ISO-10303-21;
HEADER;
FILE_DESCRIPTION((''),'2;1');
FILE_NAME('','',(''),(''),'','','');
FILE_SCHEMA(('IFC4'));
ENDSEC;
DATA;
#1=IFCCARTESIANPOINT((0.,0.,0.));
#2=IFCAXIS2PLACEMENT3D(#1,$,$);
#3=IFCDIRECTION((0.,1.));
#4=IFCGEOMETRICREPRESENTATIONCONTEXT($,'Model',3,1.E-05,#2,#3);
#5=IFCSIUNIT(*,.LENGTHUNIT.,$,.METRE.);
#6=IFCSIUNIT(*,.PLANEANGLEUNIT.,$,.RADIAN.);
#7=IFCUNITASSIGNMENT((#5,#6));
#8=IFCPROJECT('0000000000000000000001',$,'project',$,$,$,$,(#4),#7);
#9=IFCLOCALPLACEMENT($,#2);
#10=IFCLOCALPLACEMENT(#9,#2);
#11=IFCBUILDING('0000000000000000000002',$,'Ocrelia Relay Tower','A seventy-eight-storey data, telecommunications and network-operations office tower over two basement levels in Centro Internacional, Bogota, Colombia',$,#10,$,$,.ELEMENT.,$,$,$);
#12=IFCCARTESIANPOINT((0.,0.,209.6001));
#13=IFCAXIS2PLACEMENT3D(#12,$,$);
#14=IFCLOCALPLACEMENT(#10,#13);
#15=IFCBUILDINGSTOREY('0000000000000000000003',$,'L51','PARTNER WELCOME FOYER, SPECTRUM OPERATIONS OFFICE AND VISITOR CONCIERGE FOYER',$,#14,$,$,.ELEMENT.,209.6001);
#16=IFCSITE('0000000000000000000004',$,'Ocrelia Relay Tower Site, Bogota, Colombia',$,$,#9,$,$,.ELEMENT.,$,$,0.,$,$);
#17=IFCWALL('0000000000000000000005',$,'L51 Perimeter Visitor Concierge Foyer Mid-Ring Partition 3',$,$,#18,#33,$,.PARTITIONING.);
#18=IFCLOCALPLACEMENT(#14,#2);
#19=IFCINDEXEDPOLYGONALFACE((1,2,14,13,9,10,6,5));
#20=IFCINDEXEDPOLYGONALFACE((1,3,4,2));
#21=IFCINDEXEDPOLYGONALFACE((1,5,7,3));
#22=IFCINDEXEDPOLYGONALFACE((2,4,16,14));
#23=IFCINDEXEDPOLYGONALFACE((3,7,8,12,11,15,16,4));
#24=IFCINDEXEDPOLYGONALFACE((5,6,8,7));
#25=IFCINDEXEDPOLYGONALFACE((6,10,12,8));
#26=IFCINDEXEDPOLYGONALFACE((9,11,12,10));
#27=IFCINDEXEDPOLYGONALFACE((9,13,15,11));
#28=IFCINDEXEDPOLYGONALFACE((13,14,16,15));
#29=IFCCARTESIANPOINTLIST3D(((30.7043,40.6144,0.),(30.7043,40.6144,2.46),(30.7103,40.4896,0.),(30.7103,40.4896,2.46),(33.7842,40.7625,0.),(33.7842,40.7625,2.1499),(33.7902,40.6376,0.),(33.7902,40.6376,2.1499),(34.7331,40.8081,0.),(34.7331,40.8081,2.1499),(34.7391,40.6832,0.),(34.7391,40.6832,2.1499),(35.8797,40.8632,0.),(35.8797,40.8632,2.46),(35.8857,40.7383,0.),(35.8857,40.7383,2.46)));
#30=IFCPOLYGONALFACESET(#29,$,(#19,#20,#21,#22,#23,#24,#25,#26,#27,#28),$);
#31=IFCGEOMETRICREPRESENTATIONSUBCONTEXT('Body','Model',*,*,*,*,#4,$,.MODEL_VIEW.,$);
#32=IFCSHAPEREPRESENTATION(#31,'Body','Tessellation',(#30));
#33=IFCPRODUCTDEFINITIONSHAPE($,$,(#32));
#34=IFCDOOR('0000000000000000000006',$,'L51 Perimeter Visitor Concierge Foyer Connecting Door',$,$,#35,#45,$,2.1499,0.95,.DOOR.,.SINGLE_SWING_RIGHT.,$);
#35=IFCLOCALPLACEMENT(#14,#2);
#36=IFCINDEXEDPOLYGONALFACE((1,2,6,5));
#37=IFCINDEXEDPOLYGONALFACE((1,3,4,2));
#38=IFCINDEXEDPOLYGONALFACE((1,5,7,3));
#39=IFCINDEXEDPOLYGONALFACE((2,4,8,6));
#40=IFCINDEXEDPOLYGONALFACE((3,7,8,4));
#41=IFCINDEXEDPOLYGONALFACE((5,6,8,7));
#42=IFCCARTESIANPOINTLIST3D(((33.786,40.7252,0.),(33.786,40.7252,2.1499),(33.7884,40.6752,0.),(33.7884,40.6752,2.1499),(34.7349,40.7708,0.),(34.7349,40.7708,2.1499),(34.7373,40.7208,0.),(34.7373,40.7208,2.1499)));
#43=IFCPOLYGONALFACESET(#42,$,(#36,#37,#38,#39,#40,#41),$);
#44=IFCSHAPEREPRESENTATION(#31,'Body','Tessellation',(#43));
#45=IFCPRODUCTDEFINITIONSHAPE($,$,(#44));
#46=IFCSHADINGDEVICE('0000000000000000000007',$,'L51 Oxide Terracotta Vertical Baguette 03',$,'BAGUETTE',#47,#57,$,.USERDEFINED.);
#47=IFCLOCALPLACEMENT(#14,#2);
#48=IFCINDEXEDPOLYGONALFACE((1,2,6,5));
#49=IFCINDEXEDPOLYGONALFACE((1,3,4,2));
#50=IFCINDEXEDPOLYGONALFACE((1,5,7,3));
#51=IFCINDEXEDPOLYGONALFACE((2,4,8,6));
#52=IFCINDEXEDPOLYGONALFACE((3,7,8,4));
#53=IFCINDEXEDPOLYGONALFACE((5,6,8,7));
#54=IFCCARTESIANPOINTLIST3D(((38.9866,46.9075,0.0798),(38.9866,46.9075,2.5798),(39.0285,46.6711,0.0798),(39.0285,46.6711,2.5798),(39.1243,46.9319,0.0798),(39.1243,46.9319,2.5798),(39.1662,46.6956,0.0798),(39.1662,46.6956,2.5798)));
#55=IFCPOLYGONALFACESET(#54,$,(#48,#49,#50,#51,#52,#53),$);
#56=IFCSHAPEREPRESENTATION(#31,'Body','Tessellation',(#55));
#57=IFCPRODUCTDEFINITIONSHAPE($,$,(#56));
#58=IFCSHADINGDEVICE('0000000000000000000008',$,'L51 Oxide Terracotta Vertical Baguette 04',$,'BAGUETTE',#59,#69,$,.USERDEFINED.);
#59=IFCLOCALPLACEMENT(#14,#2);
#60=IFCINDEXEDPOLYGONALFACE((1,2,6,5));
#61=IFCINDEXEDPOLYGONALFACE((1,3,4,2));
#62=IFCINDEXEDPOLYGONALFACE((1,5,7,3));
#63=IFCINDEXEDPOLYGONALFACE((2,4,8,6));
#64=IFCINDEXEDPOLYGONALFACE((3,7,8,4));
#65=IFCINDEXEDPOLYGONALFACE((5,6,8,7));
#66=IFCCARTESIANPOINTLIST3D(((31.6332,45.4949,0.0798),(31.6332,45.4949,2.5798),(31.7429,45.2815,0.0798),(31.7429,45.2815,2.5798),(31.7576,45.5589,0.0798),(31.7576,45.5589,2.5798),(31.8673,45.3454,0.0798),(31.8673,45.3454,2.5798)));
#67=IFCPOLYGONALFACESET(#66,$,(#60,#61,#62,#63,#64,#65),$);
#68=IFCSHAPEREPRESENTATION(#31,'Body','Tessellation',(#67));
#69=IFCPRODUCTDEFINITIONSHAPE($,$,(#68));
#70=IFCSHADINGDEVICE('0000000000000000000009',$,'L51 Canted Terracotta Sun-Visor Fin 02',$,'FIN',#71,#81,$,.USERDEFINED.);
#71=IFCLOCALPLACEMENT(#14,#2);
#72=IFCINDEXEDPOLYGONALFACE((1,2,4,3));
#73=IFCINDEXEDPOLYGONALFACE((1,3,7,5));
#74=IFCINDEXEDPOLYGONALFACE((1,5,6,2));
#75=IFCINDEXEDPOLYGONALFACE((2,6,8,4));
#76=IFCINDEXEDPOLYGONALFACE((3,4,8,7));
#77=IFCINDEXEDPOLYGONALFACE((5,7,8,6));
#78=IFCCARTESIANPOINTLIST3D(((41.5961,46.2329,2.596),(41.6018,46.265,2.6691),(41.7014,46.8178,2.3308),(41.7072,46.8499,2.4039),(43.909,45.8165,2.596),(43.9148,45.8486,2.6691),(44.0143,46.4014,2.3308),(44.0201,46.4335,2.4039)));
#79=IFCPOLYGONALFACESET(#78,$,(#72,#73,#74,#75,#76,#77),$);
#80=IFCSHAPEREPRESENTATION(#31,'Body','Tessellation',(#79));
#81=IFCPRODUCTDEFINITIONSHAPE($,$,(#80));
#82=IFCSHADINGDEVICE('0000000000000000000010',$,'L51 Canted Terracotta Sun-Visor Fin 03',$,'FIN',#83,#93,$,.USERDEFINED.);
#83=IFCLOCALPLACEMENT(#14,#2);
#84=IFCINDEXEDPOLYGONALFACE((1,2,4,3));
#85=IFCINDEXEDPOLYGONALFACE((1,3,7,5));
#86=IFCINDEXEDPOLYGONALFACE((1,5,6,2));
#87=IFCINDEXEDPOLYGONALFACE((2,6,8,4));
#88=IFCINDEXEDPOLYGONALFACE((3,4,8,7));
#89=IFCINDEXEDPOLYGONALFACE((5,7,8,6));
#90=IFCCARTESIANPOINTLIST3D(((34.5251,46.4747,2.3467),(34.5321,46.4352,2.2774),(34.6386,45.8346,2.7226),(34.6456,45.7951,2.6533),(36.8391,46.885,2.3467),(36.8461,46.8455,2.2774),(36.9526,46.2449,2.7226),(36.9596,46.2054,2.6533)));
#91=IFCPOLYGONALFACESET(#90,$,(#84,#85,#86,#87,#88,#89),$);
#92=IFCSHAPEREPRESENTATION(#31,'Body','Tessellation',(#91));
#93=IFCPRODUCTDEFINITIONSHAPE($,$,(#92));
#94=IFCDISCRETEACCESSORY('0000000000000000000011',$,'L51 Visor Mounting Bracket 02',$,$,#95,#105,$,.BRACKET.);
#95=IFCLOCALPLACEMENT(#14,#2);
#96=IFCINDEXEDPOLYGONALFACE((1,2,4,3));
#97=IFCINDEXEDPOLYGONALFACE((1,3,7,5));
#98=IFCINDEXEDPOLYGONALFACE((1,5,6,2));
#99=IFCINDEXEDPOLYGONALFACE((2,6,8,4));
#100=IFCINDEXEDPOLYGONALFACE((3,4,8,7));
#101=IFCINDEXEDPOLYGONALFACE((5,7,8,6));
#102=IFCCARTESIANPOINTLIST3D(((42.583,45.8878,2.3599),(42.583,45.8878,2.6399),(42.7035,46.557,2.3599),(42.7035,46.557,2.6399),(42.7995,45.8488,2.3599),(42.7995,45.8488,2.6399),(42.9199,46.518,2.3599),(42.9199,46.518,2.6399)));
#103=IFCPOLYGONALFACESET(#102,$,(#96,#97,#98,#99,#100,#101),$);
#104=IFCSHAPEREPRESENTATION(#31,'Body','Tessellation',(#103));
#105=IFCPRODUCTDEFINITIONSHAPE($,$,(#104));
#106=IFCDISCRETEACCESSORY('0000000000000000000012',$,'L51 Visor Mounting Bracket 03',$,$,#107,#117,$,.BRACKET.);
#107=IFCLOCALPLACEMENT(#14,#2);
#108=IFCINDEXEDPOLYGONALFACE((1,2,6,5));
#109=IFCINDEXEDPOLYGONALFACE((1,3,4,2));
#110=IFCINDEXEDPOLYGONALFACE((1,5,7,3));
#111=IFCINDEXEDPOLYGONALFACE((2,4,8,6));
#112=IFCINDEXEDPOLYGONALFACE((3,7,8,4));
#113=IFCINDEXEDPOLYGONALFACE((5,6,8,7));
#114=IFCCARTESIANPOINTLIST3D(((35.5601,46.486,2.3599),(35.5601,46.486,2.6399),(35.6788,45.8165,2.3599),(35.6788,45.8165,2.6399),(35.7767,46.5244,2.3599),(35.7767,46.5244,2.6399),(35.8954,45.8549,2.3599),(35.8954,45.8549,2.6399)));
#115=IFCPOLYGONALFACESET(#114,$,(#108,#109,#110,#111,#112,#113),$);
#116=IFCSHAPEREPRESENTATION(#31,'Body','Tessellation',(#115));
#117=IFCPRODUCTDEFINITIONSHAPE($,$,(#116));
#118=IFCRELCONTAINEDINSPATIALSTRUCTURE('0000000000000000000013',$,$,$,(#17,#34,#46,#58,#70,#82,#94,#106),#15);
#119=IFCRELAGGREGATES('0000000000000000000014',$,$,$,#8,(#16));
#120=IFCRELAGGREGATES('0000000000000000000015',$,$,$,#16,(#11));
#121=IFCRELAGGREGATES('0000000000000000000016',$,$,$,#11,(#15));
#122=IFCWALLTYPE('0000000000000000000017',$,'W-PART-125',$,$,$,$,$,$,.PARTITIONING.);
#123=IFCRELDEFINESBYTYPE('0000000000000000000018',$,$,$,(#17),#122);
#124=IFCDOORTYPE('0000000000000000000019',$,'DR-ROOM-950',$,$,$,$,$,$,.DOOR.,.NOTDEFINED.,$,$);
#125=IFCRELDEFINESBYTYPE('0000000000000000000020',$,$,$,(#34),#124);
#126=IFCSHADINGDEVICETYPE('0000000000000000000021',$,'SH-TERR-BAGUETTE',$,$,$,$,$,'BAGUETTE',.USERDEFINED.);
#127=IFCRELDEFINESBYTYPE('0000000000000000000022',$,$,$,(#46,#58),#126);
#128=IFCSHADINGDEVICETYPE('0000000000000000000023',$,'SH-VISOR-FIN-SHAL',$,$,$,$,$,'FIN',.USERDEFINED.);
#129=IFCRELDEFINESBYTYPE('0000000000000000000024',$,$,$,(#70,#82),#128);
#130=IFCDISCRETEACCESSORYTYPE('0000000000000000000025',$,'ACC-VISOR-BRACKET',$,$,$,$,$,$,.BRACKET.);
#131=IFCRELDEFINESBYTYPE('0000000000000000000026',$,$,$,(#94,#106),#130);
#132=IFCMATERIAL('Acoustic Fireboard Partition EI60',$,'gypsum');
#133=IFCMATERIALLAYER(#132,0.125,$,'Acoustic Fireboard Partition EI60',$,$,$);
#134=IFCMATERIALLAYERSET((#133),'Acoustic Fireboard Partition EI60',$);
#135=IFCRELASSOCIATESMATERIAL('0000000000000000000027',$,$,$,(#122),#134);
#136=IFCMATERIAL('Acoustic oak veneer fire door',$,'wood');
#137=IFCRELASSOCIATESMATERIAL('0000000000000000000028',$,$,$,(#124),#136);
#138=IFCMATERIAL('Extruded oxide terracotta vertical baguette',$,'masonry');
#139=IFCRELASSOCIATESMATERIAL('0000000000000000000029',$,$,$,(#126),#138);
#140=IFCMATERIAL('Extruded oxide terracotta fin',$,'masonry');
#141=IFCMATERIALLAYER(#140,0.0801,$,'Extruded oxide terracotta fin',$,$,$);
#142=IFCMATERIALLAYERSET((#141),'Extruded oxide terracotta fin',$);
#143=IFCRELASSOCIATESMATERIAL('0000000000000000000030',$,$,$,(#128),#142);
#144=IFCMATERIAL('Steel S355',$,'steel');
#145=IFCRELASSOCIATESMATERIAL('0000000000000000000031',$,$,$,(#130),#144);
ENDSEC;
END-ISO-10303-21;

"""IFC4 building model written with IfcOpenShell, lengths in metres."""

from ifc_helpers import new_model, si_unit, direction, frame, frame_2d, origin, origin_2d, place, context, subcontext, project, spatial, rectangle, extrude, material, layer, layer_set, type_object, element, fill, save


model = new_model("IFC4")

# Units and contexts
model_context = context("Model", 3, precision=1e-05, world=origin(), true_north=direction((0.0, 1.0)))
body_context = subcontext(model_context, "Body", "Model", "MODEL_VIEW")
ifc_project = project(units=[si_unit("LENGTHUNIT", "METRE"), si_unit("PLANEANGLEUNIT", "RADIAN")], contexts=[model_context])

# Site, building, storey
site_placement = place(None, origin())
site = spatial("IfcSite", under=ifc_project, at=site_placement, Name="Ocrelia Relay Tower Site, Bogota, Colombia", CompositionType="ELEMENT", RefElevation=0.0)
building_placement = place(site_placement, origin())
building = spatial("IfcBuilding", under=site, at=building_placement, Name="Ocrelia Relay Tower", Description="A seventy-eight-storey data, telecommunications and network-operations office tower over two basement levels in Centro Internacional, Bogota, Colombia", CompositionType="ELEMENT")
storey_placement = place(building_placement, frame((0.0, 0.0, 209.6001)))
storey = spatial("IfcBuildingStorey", under=building, at=storey_placement, Name="L51", Description="PARTNER WELCOME FOYER, SPECTRUM OPERATIONS OFFICE AND VISITOR CONCIERGE FOYER", CompositionType="ELEMENT", Elevation=209.6001)

# Shared definitions
ifc_material_1 = material(Name="Steel S355", Category="steel")

# Shared definitions
ifc_material_2 = material(Name="Acoustic oak veneer fire door", Category="wood")

# Shared definitions
ifc_material_3 = material(Name="Acoustic Fireboard Partition EI60", Category="gypsum")
ifc_layer_1 = layer(ifc_material_3, 0.125, Name="Acoustic Fireboard Partition EI60")
ifc_layer_set_1 = layer_set([ifc_layer_1], Name="Acoustic Fireboard Partition EI60")
wall_type_1 = type_object("IfcWallType", Name="W-PART-125", PredefinedType="PARTITIONING", material=ifc_layer_set_1)

# Wall, opening, door
wall_1_placement = place(storey_placement, frame((35.8828, 40.8008, 0.0), z_axis=(0.0, 0.0, 1.0), x_axis=(-0.998847, -0.048013, 0.0)))
wall_1 = element("IfcWall", 1, at=wall_1_placement, inside=storey, type_object=wall_type_1, Name="L51 Perimeter Visitor Concierge Foyer Mid-Ring Partition 3", PredefinedType="PARTITIONING", context=body_context, shape_type="SweptSolid", body=[
    extrude(rectangle(XDim=5.1814, YDim=0.125, at=frame_2d((2.5908, 0.0))), origin(), (0.0, 0.0, 1.0), 2.46),
])
opening_1_placement = place(wall_1_placement, frame((1.1479, 0.0, 0.0)))
opening_1 = element("IfcOpeningElement", 2, at=opening_1_placement, cuts=wall_1, PredefinedType="OPENING", context=body_context, shape_type="SweptSolid", body=[
    extrude(rectangle(XDim=0.95, YDim=2.1499, at=frame_2d((0.4751, 1.075))), frame((0.0, 0.0725, 0.0), z_axis=(0.0, -1.0, 0.0), x_axis=(1.0, 0.0, 0.0)), (0.0, 0.0, 1.0), 0.145),
])
door_type_1 = type_object("IfcDoorType", Name="DR-ROOM-950", OperationType="NOTDEFINED", PredefinedType="DOOR", material=ifc_material_2)
door_1_placement = place(opening_1_placement, origin())
door_1 = element("IfcDoor", 3, at=door_1_placement, inside=storey, type_object=door_type_1, Name="L51 Perimeter Visitor Concierge Foyer Connecting Door", OperationType="SINGLE_SWING_RIGHT", OverallHeight=2.1499, OverallWidth=0.95, PredefinedType="DOOR", context=body_context, shape_type="SweptSolid", body=[
    extrude(rectangle(XDim=0.95, YDim=2.1499, at=frame_2d((0.4751, 1.075))), frame((0.0, 0.0249, 0.0), z_axis=(0.0, -1.0, 0.0), x_axis=(1.0, 0.0, 0.0)), (0.0, 0.0, 1.0), 0.05),
])
fill(opening_1, door_1)

# Shading devices
ifc_material_4 = material(Name="Extruded oxide terracotta vertical baguette", Category="masonry")
shading_device_type_1 = type_object("IfcShadingDeviceType", Name="SH-TERR-BAGUETTE", ElementType="BAGUETTE", PredefinedType="USERDEFINED", material=ifc_material_4)
for number, where, z_axis, x_axis, name in (
    (4, (39.0764, 46.8015, 0.0798), (0.0, 0.0, 1.0), (-0.984642, -0.174586, 0.0), "L51 Oxide Terracotta Vertical Baguette 03"),
    (5, (31.7502, 45.4202, 0.0798), (0.0, 0.0, 1.0), (-0.889484, -0.456966, 0.0), "L51 Oxide Terracotta Vertical Baguette 04"),
):
    element("IfcShadingDevice", number, at=place(storey_placement, frame(where, z_axis=z_axis, x_axis=x_axis)), inside=storey, type_object=shading_device_type_1, Name=name, ObjectType="BAGUETTE", PredefinedType="USERDEFINED", context=body_context, shape_type="SweptSolid", body=[
        extrude(rectangle(XDim=0.1399, YDim=0.24, at=origin_2d()), origin(), (0.0, 0.0, 1.0), 2.5),
    ])
ifc_material_5 = material(Name="Extruded oxide terracotta fin", Category="masonry")
ifc_layer_2 = layer(ifc_material_5, 0.0801, Name="Extruded oxide terracotta fin")
ifc_layer_set_2 = layer_set([ifc_layer_2], Name="Extruded oxide terracotta fin")
shading_device_type_2 = type_object("IfcShadingDeviceType", Name="SH-VISOR-FIN-SHAL", ElementType="FIN", PredefinedType="USERDEFINED", material=ifc_layer_set_2)
shading_device_1_placement = place(storey_placement, frame((42.8052, 46.3171, 2.4634), z_axis=(0.072208, 0.401086, 0.91319), x_axis=(-0.984178, 0.177183, 0.0)))
element("IfcShadingDevice", 6, at=shading_device_1_placement, inside=storey, type_object=shading_device_type_2, Name="L51 Canted Terracotta Sun-Visor Fin 02", ObjectType="FIN", PredefinedType="USERDEFINED", context=body_context, shape_type="SweptSolid", body=[
    extrude(rectangle(XDim=2.3501, YDim=0.6509, at=origin_2d()), origin(), (0.0, 0.0, 1.0), 0.0801),
])
shading_device_2_placement = place(storey_placement, frame((35.7458, 46.3203, 2.4653), z_axis=(-0.087398, 0.492916, 0.865676), x_axis=(-0.984642, -0.174586, 0.0)))
element("IfcShadingDevice", 7, at=shading_device_2_placement, inside=storey, type_object=shading_device_type_2, Name="L51 Canted Terracotta Sun-Visor Fin 03", ObjectType="FIN", PredefinedType="USERDEFINED", context=body_context, shape_type="SweptSolid", body=[
    extrude(rectangle(XDim=2.3501, YDim=0.751, at=origin_2d()), origin(), (0.0, 0.0, 1.0), 0.0801),
])

# Discrete accessories
discrete_accessory_type = type_object("IfcDiscreteAccessoryType", Name="ACC-VISOR-BRACKET", PredefinedType="BRACKET", material=ifc_material_1)
for number, where, z_axis, x_axis, name in (
    (8, (42.7515, 46.2029, 2.3599), (0.0, 0.0, 1.0), (-0.984178, 0.177183, 0.0), "L51 Visor Mounting Bracket 02"),
    (9, (35.7278, 46.1704, 2.3599), (0.0, 0.0, 1.0), (-0.984642, -0.174586, 0.0), "L51 Visor Mounting Bracket 03"),
):
    element("IfcDiscreteAccessory", number, at=place(storey_placement, frame(where, z_axis=z_axis, x_axis=x_axis)), inside=storey, type_object=discrete_accessory_type, Name=name, PredefinedType="BRACKET", context=body_context, shape_type="SweptSolid", body=[
        extrude(rectangle(XDim=0.22, YDim=0.6799, at=origin_2d()), origin(), (0.0, 0.0, 1.0), 0.28),
    ])

save(model, "model.ifc")
